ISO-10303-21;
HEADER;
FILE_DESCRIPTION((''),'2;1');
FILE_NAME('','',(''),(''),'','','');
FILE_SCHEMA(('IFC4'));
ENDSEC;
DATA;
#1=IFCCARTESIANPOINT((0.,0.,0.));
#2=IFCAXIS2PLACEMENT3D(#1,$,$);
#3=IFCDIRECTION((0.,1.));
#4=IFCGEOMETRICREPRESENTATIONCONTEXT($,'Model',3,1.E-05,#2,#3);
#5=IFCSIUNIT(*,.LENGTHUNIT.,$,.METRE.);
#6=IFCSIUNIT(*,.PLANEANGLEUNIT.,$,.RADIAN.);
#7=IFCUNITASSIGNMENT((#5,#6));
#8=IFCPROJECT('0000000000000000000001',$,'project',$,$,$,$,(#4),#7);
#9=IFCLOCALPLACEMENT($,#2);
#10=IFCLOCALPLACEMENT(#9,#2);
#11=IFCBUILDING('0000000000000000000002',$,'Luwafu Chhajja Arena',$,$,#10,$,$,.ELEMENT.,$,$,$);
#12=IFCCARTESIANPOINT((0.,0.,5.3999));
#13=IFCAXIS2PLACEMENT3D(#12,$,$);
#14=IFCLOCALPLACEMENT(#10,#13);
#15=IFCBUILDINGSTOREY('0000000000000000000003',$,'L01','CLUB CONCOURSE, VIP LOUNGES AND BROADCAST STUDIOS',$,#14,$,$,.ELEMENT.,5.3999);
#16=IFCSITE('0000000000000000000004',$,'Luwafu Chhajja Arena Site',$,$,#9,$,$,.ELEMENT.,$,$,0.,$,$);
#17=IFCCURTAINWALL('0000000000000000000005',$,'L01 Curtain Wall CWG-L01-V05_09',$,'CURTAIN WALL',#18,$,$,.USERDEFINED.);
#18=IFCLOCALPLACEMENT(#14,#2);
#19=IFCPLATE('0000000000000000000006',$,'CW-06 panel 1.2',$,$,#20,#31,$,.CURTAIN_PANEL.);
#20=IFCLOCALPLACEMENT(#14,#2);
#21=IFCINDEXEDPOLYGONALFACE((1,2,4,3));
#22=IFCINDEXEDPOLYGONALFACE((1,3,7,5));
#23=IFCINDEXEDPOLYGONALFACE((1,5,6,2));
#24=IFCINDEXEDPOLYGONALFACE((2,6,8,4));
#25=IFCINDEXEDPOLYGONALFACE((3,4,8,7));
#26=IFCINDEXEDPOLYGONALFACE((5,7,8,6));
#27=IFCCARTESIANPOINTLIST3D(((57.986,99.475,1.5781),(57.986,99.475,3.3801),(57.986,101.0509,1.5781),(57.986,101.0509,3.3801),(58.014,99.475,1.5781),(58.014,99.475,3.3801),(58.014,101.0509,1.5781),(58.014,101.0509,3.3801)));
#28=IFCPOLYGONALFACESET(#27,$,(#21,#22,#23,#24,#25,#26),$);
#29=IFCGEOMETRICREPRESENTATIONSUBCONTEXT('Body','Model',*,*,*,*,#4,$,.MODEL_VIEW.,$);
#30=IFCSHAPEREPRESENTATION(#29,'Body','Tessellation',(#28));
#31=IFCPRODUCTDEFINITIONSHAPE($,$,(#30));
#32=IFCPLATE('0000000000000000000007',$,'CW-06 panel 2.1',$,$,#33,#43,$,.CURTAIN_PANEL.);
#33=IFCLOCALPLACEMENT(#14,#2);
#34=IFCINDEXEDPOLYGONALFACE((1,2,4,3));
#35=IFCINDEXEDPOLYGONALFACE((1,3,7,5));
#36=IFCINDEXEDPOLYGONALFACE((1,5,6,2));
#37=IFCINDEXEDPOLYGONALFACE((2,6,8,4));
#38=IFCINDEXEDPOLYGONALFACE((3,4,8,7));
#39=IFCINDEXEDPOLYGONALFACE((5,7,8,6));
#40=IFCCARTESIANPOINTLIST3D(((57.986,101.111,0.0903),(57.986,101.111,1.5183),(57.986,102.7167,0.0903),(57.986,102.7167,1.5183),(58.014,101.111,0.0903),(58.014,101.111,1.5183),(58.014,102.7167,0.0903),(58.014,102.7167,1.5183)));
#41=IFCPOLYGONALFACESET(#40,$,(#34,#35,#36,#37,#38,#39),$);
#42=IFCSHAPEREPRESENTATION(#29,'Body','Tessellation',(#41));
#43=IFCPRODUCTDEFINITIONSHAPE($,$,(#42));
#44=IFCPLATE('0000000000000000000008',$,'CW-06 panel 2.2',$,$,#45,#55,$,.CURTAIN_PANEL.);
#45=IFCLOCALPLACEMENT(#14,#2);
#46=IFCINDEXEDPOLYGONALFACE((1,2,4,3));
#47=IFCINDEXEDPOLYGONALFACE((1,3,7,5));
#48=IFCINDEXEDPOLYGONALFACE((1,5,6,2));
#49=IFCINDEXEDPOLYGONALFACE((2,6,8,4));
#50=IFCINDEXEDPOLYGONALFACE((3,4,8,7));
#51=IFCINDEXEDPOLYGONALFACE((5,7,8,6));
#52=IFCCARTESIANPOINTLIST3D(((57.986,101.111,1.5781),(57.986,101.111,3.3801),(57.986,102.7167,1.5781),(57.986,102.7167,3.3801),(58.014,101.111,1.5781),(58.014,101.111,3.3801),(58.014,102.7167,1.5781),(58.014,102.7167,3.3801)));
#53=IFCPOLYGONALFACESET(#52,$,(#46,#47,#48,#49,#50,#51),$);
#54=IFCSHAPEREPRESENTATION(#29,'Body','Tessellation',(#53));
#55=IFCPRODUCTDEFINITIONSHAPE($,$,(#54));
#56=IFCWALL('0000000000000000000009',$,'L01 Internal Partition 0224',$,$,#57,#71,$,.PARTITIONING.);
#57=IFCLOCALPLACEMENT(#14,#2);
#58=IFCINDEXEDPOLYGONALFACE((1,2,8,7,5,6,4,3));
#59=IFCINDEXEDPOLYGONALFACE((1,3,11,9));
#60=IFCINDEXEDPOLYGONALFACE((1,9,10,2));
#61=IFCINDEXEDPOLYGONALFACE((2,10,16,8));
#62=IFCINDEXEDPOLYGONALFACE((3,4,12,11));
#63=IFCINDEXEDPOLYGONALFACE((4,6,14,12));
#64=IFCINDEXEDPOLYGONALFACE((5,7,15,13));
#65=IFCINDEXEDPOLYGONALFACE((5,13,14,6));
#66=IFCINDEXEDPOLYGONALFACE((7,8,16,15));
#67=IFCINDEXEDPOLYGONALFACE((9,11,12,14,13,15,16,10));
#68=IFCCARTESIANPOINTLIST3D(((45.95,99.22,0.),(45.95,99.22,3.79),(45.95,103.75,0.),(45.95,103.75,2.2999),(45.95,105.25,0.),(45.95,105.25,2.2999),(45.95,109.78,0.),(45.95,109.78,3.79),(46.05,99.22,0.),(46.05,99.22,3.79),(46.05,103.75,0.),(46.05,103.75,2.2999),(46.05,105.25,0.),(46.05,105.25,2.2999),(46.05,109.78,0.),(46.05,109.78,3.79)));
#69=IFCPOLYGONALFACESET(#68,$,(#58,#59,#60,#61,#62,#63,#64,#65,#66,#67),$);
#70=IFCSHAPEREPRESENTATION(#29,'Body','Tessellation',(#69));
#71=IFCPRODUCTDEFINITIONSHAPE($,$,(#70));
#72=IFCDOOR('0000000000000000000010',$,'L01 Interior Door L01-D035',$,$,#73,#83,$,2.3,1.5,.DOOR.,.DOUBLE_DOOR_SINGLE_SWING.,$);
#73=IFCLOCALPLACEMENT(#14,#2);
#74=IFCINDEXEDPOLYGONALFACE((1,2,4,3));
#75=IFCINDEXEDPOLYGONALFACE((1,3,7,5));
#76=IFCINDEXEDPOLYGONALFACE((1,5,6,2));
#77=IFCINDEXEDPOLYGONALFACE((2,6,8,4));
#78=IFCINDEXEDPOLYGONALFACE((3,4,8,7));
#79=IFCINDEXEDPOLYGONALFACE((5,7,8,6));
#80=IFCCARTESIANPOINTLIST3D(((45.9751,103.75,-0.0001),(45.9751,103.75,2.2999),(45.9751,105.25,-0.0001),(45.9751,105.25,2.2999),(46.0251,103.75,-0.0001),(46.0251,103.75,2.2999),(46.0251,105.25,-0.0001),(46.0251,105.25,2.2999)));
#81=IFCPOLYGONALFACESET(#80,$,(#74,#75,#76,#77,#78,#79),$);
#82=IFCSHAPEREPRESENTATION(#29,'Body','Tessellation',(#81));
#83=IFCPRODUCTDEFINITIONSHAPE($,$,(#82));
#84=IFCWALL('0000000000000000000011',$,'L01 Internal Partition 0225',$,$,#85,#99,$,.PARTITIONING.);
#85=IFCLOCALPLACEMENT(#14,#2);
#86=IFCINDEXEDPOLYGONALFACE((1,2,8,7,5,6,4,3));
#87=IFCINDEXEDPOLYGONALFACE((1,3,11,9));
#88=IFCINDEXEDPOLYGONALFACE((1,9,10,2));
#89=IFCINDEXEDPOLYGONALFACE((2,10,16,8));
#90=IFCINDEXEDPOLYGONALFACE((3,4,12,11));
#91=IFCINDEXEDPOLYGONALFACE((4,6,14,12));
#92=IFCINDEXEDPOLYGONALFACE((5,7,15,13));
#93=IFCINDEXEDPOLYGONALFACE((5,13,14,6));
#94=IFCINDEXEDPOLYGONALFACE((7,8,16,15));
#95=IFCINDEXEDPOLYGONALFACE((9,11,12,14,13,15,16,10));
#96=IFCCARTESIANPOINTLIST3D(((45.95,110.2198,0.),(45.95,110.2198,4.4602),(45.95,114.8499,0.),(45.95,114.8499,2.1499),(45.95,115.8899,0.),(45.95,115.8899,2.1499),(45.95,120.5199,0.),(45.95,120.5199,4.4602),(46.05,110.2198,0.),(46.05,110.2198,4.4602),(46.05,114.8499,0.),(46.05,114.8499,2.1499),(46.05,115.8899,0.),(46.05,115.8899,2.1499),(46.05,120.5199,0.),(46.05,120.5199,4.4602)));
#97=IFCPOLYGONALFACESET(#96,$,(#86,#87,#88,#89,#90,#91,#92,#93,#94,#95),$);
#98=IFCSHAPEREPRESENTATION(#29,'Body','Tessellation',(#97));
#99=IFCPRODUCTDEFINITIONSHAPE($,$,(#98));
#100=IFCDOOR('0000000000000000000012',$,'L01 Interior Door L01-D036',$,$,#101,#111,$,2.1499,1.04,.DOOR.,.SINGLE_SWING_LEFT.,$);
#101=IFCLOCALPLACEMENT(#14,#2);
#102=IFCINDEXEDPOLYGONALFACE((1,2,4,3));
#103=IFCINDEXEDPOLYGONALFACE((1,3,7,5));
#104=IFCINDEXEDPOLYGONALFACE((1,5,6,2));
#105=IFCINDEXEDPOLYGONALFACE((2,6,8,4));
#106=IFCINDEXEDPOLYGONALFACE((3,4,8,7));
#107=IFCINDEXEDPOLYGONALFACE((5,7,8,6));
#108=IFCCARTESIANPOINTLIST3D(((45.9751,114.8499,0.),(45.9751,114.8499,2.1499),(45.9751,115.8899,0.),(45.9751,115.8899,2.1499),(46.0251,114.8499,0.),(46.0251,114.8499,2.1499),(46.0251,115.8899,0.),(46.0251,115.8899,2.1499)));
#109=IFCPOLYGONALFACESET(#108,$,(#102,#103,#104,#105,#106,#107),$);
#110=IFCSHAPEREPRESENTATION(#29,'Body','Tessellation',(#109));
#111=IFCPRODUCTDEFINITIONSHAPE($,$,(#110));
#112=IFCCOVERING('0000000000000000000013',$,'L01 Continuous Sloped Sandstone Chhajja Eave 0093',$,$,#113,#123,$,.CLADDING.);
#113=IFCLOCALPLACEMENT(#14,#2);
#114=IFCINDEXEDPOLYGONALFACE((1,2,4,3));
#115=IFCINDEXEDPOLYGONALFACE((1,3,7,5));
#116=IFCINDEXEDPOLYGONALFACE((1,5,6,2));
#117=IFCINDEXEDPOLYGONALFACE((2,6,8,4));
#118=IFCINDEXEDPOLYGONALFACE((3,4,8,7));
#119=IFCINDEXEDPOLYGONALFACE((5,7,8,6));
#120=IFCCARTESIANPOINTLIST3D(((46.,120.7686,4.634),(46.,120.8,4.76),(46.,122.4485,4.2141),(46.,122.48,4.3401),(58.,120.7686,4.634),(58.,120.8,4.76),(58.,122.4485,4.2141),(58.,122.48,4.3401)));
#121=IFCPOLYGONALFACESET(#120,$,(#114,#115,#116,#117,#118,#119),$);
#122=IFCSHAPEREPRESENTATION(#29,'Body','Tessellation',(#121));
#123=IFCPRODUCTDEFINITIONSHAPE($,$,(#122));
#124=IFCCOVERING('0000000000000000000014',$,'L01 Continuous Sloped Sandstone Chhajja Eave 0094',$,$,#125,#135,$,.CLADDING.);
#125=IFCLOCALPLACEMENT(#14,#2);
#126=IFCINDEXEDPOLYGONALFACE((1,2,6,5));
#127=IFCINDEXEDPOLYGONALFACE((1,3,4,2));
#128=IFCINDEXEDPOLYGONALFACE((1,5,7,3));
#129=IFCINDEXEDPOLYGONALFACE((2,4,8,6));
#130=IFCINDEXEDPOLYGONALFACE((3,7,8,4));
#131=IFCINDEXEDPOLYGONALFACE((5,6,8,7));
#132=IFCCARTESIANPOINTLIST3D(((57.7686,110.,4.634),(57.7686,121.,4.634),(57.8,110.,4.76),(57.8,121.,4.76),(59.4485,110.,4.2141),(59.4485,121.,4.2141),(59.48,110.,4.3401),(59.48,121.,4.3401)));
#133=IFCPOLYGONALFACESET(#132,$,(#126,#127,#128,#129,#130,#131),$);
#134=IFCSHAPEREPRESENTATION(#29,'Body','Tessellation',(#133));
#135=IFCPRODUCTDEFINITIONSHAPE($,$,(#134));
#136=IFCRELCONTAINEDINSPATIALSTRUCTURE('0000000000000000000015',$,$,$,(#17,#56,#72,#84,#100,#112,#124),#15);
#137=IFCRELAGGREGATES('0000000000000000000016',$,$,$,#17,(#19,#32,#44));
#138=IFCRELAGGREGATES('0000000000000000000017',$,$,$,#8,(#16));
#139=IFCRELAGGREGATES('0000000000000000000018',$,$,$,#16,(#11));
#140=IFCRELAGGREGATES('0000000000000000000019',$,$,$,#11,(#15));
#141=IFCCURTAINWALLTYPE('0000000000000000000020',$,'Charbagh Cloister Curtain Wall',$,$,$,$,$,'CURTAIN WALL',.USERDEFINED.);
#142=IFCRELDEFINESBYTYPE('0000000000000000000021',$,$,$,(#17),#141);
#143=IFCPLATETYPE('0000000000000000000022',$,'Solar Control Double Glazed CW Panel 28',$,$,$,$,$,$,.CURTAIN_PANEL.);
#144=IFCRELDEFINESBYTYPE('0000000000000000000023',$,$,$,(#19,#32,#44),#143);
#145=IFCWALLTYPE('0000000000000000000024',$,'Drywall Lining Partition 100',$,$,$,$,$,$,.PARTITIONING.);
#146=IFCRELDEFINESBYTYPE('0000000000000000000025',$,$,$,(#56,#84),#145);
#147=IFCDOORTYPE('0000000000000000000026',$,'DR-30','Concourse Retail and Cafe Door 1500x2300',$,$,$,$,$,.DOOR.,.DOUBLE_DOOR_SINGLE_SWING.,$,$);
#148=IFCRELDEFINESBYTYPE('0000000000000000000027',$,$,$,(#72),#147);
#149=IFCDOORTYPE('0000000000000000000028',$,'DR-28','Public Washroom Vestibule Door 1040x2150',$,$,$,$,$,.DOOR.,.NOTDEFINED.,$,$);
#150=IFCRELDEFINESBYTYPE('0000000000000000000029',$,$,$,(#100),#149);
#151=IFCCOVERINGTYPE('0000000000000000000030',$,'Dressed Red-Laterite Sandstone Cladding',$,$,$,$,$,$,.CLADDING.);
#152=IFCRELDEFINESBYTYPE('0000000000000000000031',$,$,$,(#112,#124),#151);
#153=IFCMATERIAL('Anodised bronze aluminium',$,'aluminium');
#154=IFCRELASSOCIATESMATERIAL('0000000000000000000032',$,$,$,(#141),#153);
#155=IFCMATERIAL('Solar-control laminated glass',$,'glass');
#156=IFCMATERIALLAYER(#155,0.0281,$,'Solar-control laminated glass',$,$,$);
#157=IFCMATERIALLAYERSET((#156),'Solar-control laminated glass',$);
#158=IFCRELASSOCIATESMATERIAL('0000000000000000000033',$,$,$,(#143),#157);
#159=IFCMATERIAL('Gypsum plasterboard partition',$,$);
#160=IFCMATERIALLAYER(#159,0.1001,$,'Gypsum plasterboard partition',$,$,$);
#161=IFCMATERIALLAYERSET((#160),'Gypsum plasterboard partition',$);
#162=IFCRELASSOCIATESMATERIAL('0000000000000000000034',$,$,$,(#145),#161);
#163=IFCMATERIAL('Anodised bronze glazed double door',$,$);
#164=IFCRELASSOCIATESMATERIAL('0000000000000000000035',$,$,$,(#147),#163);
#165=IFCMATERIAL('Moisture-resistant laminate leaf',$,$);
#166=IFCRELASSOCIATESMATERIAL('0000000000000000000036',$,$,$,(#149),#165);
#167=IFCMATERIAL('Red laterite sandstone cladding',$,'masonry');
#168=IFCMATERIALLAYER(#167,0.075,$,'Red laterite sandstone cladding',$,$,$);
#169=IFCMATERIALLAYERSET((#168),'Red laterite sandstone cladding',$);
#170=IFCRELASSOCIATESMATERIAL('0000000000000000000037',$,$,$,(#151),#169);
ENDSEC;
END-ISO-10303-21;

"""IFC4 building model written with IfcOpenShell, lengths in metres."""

from ifc_helpers import new_model, si_unit, direction, frame, frame_2d, origin, origin_2d, place, context, subcontext, project, spatial, polyline, rectangle, outline, extrude, material, layer, layer_set, type_object, element, fill, aggregate, save


model = new_model("IFC4")

# Units and contexts
model_context = context("Model", 3, precision=1e-05, world=origin(), true_north=direction((0.0, 1.0)))
body_context = subcontext(model_context, "Body", "Model", "MODEL_VIEW")
ifc_project = project(units=[si_unit("LENGTHUNIT", "METRE"), si_unit("PLANEANGLEUNIT", "RADIAN")], contexts=[model_context])

# Site, building, storey
site_placement = place(None, origin())
site = spatial("IfcSite", under=ifc_project, at=site_placement, Name="Luwafu Chhajja Arena Site", CompositionType="ELEMENT", RefElevation=0.0)
building_placement = place(site_placement, origin())
building = spatial("IfcBuilding", under=site, at=building_placement, Name="Luwafu Chhajja Arena", CompositionType="ELEMENT")
storey_placement = place(building_placement, frame((0.0, 0.0, 5.3999)))
storey = spatial("IfcBuildingStorey", under=building, at=storey_placement, Name="L01", Description="CLUB CONCOURSE, VIP LOUNGES AND BROADCAST STUDIOS", CompositionType="ELEMENT", Elevation=5.3999)

# Curtain wall
ifc_material_1 = material(Name="Anodised bronze aluminium", Category="aluminium")
curtain_wall_type_1 = type_object("IfcCurtainWallType", Name="Charbagh Cloister Curtain Wall", ElementType="CURTAIN WALL", PredefinedType="USERDEFINED", material=ifc_material_1)
curtain_wall_1_placement = place(storey_placement, origin())
curtain_wall_1 = element("IfcCurtainWall", 1, at=curtain_wall_1_placement, inside=storey, type_object=curtain_wall_type_1, Name="L01 Curtain Wall CWG-L01-V05_09", ObjectType="CURTAIN WALL", PredefinedType="USERDEFINED")

# Plates
ifc_material_2 = material(Name="Solar-control laminated glass", Category="glass")
ifc_layer_1 = layer(ifc_material_2, 0.0281, Name="Solar-control laminated glass")
ifc_layer_set_1 = layer_set([ifc_layer_1], Name="Solar-control laminated glass")
plate_type = type_object("IfcPlateType", Name="Solar Control Double Glazed CW Panel 28", PredefinedType="CURTAIN_PANEL", material=ifc_layer_set_1)
plate_1_placement = place(storey_placement, frame((58.0, 100.2629, 1.5781), z_axis=(0.0, 0.0, 1.0), x_axis=(0.0, 1.0, 0.0)))
plate_1 = element("IfcPlate", 2, at=plate_1_placement, type_object=plate_type, Name="CW-06 panel 1.2", PredefinedType="CURTAIN_PANEL", context=body_context, shape_type="SweptSolid", body=[
    extrude(rectangle(XDim=1.5759, YDim=0.0281, at=origin_2d()), origin(), (0.0, 0.0, 1.0), 1.802),
])
plate_2_placement = place(storey_placement, frame((58.0, 101.9138, 0.0903), z_axis=(0.0, 0.0, 1.0), x_axis=(0.0, 1.0, 0.0)))
plate_2 = element("IfcPlate", 3, at=plate_2_placement, type_object=plate_type, Name="CW-06 panel 2.1", PredefinedType="CURTAIN_PANEL", context=body_context, shape_type="SweptSolid", body=[
    extrude(rectangle(XDim=1.6057, YDim=0.0281, at=origin_2d()), origin(), (0.0, 0.0, 1.0), 1.428),
])
plate_3_placement = place(storey_placement, frame((58.0, 101.9138, 1.5781), z_axis=(0.0, 0.0, 1.0), x_axis=(0.0, 1.0, 0.0)))
plate_3 = element("IfcPlate", 4, at=plate_3_placement, type_object=plate_type, Name="CW-06 panel 2.2", PredefinedType="CURTAIN_PANEL", context=body_context, shape_type="SweptSolid", body=[
    extrude(rectangle(XDim=1.6057, YDim=0.0281, at=origin_2d()), origin(), (0.0, 0.0, 1.0), 1.802),
])
aggregate(curtain_wall_1, [plate_1, plate_2, plate_3])

# Walls, openings, doors
ifc_material_3 = material(Name="Gypsum plasterboard partition")
ifc_layer_2 = layer(ifc_material_3, 0.1001, Name="Gypsum plasterboard partition")
ifc_layer_set_2 = layer_set([ifc_layer_2], Name="Gypsum plasterboard partition")
wall_type = type_object("IfcWallType", Name="Drywall Lining Partition 100", PredefinedType="PARTITIONING", material=ifc_layer_set_2)
wall_1_placement = place(storey_placement, frame((46.0, 99.22, 0.0), z_axis=(0.0, 0.0, 1.0), x_axis=(0.0, 1.0, 0.0)))
wall_1 = element("IfcWall", 5, at=wall_1_placement, inside=storey, type_object=wall_type, Name="L01 Internal Partition 0224", PredefinedType="PARTITIONING", context=body_context, shape_type="SweptSolid", body=[
    extrude(rectangle(XDim=10.5601, YDim=0.1001, at=frame_2d((5.28, 0.0))), origin(), (0.0, 0.0, 1.0), 3.79),
])
opening_1_placement = place(wall_1_placement, frame((4.53, 0.0, 0.0)))
opening_1 = element("IfcOpeningElement", 6, at=opening_1_placement, cuts=wall_1, PredefinedType="OPENING", context=body_context, shape_type="SweptSolid", body=[
    extrude(rectangle(XDim=1.5, YDim=2.3, at=frame_2d((0.75, 1.1499))), frame((0.0, 0.0601, 0.0), z_axis=(0.0, -1.0, 0.0), x_axis=(1.0, 0.0, 0.0)), (0.0, 0.0, 1.0), 0.1201),
])
ifc_material_4 = material(Name="Anodised bronze glazed double door")
door_type_1 = type_object("IfcDoorType", Name="DR-30", Description="Concourse Retail and Cafe Door 1500x2300", OperationType="DOUBLE_DOOR_SINGLE_SWING", PredefinedType="DOOR", material=ifc_material_4)
door_1_placement = place(opening_1_placement, origin())
door_1 = element("IfcDoor", 7, at=door_1_placement, inside=storey, type_object=door_type_1, Name="L01 Interior Door L01-D035", OperationType="DOUBLE_DOOR_SINGLE_SWING", OverallHeight=2.3, OverallWidth=1.5, PredefinedType="DOOR", context=body_context, shape_type="SweptSolid", body=[
    extrude(rectangle(XDim=1.5, YDim=2.3, at=frame_2d((0.75, 1.1499))), frame((0.0, 0.0249, 0.0), z_axis=(0.0, -1.0, 0.0), x_axis=(1.0, 0.0, 0.0)), (0.0, 0.0, 1.0), 0.05),
])
fill(opening_1, door_1)
wall_2_placement = place(storey_placement, frame((46.0, 110.22, 0.0), z_axis=(0.0, 0.0, 1.0), x_axis=(0.0, 1.0, 0.0)))
wall_2 = element("IfcWall", 8, at=wall_2_placement, inside=storey, type_object=wall_type, Name="L01 Internal Partition 0225", PredefinedType="PARTITIONING", context=body_context, shape_type="SweptSolid", body=[
    extrude(rectangle(XDim=10.3, YDim=0.1001, at=frame_2d((5.1499, 0.0))), origin(), (0.0, 0.0, 1.0), 4.4602),
])
opening_2_placement = place(wall_2_placement, frame((4.6299, 0.0, 0.0)))
opening_2 = element("IfcOpeningElement", 9, at=opening_2_placement, cuts=wall_2, PredefinedType="OPENING", context=body_context, shape_type="SweptSolid", body=[
    extrude(rectangle(XDim=1.04, YDim=2.1499, at=frame_2d((0.52, 1.075))), frame((0.0, 0.0601, 0.0), z_axis=(0.0, -1.0, 0.0), x_axis=(1.0, 0.0, 0.0)), (0.0, 0.0, 1.0), 0.1201),
])
ifc_material_5 = material(Name="Moisture-resistant laminate leaf")
door_type_2 = type_object("IfcDoorType", Name="DR-28", Description="Public Washroom Vestibule Door 1040x2150", OperationType="NOTDEFINED", PredefinedType="DOOR", material=ifc_material_5)
door_2_placement = place(opening_2_placement, origin())
door_2 = element("IfcDoor", 10, at=door_2_placement, inside=storey, type_object=door_type_2, Name="L01 Interior Door L01-D036", OperationType="SINGLE_SWING_LEFT", OverallHeight=2.1499, OverallWidth=1.04, PredefinedType="DOOR", context=body_context, shape_type="SweptSolid", body=[
    extrude(rectangle(XDim=1.04, YDim=2.1499, at=frame_2d((0.52, 1.075))), frame((0.0, 0.0249, 0.0), z_axis=(0.0, -1.0, 0.0), x_axis=(1.0, 0.0, 0.0)), (0.0, 0.0, 1.0), 0.05),
])
fill(opening_2, door_2)

# Coverings
ifc_material_6 = material(Name="Red laterite sandstone cladding", Category="masonry")
ifc_layer_3 = layer(ifc_material_6, 0.075, Name="Red laterite sandstone cladding")
ifc_layer_set_3 = layer_set([ifc_layer_3], Name="Red laterite sandstone cladding")
covering_type = type_object("IfcCoveringType", Name="Dressed Red-Laterite Sandstone Cladding", PredefinedType="CLADDING", material=ifc_layer_set_3)
covering_1_placement = place(storey_placement, frame((46.0, 120.8, 4.76), z_axis=(0.0, 0.242502, 0.970151), x_axis=(1.0, 0.0, 0.0)))
element("IfcCovering", 11, at=covering_1_placement, inside=storey, type_object=covering_type, Name="L01 Continuous Sloped Sandstone Chhajja Eave 0093", PredefinedType="CLADDING", context=body_context, shape_type="SweptSolid", body=[
    extrude(outline(polyline([(0.0, 0.0), (12.0, 0.0), (12.0, 1.7316), (0.0, 1.7316), (0.0, 0.0)])), origin(), (0.0, 0.0, -1.0), 0.1299),
])
covering_2_placement = place(storey_placement, frame((57.8, 110.0, 4.76), z_axis=(0.242502, 0.0, 0.970151), x_axis=(0.0, 1.0, 0.0)))
element("IfcCovering", 12, at=covering_2_placement, inside=storey, type_object=covering_type, Name="L01 Continuous Sloped Sandstone Chhajja Eave 0094", PredefinedType="CLADDING", context=body_context, shape_type="SweptSolid", body=[
    extrude(outline(polyline([(0.0, 0.0), (11.0, 0.0), (11.0, -1.7316), (0.0, -1.7316), (0.0, 0.0)])), origin(), (0.0, 0.0, -1.0), 0.1299),
])

save(model, "model.ifc")
